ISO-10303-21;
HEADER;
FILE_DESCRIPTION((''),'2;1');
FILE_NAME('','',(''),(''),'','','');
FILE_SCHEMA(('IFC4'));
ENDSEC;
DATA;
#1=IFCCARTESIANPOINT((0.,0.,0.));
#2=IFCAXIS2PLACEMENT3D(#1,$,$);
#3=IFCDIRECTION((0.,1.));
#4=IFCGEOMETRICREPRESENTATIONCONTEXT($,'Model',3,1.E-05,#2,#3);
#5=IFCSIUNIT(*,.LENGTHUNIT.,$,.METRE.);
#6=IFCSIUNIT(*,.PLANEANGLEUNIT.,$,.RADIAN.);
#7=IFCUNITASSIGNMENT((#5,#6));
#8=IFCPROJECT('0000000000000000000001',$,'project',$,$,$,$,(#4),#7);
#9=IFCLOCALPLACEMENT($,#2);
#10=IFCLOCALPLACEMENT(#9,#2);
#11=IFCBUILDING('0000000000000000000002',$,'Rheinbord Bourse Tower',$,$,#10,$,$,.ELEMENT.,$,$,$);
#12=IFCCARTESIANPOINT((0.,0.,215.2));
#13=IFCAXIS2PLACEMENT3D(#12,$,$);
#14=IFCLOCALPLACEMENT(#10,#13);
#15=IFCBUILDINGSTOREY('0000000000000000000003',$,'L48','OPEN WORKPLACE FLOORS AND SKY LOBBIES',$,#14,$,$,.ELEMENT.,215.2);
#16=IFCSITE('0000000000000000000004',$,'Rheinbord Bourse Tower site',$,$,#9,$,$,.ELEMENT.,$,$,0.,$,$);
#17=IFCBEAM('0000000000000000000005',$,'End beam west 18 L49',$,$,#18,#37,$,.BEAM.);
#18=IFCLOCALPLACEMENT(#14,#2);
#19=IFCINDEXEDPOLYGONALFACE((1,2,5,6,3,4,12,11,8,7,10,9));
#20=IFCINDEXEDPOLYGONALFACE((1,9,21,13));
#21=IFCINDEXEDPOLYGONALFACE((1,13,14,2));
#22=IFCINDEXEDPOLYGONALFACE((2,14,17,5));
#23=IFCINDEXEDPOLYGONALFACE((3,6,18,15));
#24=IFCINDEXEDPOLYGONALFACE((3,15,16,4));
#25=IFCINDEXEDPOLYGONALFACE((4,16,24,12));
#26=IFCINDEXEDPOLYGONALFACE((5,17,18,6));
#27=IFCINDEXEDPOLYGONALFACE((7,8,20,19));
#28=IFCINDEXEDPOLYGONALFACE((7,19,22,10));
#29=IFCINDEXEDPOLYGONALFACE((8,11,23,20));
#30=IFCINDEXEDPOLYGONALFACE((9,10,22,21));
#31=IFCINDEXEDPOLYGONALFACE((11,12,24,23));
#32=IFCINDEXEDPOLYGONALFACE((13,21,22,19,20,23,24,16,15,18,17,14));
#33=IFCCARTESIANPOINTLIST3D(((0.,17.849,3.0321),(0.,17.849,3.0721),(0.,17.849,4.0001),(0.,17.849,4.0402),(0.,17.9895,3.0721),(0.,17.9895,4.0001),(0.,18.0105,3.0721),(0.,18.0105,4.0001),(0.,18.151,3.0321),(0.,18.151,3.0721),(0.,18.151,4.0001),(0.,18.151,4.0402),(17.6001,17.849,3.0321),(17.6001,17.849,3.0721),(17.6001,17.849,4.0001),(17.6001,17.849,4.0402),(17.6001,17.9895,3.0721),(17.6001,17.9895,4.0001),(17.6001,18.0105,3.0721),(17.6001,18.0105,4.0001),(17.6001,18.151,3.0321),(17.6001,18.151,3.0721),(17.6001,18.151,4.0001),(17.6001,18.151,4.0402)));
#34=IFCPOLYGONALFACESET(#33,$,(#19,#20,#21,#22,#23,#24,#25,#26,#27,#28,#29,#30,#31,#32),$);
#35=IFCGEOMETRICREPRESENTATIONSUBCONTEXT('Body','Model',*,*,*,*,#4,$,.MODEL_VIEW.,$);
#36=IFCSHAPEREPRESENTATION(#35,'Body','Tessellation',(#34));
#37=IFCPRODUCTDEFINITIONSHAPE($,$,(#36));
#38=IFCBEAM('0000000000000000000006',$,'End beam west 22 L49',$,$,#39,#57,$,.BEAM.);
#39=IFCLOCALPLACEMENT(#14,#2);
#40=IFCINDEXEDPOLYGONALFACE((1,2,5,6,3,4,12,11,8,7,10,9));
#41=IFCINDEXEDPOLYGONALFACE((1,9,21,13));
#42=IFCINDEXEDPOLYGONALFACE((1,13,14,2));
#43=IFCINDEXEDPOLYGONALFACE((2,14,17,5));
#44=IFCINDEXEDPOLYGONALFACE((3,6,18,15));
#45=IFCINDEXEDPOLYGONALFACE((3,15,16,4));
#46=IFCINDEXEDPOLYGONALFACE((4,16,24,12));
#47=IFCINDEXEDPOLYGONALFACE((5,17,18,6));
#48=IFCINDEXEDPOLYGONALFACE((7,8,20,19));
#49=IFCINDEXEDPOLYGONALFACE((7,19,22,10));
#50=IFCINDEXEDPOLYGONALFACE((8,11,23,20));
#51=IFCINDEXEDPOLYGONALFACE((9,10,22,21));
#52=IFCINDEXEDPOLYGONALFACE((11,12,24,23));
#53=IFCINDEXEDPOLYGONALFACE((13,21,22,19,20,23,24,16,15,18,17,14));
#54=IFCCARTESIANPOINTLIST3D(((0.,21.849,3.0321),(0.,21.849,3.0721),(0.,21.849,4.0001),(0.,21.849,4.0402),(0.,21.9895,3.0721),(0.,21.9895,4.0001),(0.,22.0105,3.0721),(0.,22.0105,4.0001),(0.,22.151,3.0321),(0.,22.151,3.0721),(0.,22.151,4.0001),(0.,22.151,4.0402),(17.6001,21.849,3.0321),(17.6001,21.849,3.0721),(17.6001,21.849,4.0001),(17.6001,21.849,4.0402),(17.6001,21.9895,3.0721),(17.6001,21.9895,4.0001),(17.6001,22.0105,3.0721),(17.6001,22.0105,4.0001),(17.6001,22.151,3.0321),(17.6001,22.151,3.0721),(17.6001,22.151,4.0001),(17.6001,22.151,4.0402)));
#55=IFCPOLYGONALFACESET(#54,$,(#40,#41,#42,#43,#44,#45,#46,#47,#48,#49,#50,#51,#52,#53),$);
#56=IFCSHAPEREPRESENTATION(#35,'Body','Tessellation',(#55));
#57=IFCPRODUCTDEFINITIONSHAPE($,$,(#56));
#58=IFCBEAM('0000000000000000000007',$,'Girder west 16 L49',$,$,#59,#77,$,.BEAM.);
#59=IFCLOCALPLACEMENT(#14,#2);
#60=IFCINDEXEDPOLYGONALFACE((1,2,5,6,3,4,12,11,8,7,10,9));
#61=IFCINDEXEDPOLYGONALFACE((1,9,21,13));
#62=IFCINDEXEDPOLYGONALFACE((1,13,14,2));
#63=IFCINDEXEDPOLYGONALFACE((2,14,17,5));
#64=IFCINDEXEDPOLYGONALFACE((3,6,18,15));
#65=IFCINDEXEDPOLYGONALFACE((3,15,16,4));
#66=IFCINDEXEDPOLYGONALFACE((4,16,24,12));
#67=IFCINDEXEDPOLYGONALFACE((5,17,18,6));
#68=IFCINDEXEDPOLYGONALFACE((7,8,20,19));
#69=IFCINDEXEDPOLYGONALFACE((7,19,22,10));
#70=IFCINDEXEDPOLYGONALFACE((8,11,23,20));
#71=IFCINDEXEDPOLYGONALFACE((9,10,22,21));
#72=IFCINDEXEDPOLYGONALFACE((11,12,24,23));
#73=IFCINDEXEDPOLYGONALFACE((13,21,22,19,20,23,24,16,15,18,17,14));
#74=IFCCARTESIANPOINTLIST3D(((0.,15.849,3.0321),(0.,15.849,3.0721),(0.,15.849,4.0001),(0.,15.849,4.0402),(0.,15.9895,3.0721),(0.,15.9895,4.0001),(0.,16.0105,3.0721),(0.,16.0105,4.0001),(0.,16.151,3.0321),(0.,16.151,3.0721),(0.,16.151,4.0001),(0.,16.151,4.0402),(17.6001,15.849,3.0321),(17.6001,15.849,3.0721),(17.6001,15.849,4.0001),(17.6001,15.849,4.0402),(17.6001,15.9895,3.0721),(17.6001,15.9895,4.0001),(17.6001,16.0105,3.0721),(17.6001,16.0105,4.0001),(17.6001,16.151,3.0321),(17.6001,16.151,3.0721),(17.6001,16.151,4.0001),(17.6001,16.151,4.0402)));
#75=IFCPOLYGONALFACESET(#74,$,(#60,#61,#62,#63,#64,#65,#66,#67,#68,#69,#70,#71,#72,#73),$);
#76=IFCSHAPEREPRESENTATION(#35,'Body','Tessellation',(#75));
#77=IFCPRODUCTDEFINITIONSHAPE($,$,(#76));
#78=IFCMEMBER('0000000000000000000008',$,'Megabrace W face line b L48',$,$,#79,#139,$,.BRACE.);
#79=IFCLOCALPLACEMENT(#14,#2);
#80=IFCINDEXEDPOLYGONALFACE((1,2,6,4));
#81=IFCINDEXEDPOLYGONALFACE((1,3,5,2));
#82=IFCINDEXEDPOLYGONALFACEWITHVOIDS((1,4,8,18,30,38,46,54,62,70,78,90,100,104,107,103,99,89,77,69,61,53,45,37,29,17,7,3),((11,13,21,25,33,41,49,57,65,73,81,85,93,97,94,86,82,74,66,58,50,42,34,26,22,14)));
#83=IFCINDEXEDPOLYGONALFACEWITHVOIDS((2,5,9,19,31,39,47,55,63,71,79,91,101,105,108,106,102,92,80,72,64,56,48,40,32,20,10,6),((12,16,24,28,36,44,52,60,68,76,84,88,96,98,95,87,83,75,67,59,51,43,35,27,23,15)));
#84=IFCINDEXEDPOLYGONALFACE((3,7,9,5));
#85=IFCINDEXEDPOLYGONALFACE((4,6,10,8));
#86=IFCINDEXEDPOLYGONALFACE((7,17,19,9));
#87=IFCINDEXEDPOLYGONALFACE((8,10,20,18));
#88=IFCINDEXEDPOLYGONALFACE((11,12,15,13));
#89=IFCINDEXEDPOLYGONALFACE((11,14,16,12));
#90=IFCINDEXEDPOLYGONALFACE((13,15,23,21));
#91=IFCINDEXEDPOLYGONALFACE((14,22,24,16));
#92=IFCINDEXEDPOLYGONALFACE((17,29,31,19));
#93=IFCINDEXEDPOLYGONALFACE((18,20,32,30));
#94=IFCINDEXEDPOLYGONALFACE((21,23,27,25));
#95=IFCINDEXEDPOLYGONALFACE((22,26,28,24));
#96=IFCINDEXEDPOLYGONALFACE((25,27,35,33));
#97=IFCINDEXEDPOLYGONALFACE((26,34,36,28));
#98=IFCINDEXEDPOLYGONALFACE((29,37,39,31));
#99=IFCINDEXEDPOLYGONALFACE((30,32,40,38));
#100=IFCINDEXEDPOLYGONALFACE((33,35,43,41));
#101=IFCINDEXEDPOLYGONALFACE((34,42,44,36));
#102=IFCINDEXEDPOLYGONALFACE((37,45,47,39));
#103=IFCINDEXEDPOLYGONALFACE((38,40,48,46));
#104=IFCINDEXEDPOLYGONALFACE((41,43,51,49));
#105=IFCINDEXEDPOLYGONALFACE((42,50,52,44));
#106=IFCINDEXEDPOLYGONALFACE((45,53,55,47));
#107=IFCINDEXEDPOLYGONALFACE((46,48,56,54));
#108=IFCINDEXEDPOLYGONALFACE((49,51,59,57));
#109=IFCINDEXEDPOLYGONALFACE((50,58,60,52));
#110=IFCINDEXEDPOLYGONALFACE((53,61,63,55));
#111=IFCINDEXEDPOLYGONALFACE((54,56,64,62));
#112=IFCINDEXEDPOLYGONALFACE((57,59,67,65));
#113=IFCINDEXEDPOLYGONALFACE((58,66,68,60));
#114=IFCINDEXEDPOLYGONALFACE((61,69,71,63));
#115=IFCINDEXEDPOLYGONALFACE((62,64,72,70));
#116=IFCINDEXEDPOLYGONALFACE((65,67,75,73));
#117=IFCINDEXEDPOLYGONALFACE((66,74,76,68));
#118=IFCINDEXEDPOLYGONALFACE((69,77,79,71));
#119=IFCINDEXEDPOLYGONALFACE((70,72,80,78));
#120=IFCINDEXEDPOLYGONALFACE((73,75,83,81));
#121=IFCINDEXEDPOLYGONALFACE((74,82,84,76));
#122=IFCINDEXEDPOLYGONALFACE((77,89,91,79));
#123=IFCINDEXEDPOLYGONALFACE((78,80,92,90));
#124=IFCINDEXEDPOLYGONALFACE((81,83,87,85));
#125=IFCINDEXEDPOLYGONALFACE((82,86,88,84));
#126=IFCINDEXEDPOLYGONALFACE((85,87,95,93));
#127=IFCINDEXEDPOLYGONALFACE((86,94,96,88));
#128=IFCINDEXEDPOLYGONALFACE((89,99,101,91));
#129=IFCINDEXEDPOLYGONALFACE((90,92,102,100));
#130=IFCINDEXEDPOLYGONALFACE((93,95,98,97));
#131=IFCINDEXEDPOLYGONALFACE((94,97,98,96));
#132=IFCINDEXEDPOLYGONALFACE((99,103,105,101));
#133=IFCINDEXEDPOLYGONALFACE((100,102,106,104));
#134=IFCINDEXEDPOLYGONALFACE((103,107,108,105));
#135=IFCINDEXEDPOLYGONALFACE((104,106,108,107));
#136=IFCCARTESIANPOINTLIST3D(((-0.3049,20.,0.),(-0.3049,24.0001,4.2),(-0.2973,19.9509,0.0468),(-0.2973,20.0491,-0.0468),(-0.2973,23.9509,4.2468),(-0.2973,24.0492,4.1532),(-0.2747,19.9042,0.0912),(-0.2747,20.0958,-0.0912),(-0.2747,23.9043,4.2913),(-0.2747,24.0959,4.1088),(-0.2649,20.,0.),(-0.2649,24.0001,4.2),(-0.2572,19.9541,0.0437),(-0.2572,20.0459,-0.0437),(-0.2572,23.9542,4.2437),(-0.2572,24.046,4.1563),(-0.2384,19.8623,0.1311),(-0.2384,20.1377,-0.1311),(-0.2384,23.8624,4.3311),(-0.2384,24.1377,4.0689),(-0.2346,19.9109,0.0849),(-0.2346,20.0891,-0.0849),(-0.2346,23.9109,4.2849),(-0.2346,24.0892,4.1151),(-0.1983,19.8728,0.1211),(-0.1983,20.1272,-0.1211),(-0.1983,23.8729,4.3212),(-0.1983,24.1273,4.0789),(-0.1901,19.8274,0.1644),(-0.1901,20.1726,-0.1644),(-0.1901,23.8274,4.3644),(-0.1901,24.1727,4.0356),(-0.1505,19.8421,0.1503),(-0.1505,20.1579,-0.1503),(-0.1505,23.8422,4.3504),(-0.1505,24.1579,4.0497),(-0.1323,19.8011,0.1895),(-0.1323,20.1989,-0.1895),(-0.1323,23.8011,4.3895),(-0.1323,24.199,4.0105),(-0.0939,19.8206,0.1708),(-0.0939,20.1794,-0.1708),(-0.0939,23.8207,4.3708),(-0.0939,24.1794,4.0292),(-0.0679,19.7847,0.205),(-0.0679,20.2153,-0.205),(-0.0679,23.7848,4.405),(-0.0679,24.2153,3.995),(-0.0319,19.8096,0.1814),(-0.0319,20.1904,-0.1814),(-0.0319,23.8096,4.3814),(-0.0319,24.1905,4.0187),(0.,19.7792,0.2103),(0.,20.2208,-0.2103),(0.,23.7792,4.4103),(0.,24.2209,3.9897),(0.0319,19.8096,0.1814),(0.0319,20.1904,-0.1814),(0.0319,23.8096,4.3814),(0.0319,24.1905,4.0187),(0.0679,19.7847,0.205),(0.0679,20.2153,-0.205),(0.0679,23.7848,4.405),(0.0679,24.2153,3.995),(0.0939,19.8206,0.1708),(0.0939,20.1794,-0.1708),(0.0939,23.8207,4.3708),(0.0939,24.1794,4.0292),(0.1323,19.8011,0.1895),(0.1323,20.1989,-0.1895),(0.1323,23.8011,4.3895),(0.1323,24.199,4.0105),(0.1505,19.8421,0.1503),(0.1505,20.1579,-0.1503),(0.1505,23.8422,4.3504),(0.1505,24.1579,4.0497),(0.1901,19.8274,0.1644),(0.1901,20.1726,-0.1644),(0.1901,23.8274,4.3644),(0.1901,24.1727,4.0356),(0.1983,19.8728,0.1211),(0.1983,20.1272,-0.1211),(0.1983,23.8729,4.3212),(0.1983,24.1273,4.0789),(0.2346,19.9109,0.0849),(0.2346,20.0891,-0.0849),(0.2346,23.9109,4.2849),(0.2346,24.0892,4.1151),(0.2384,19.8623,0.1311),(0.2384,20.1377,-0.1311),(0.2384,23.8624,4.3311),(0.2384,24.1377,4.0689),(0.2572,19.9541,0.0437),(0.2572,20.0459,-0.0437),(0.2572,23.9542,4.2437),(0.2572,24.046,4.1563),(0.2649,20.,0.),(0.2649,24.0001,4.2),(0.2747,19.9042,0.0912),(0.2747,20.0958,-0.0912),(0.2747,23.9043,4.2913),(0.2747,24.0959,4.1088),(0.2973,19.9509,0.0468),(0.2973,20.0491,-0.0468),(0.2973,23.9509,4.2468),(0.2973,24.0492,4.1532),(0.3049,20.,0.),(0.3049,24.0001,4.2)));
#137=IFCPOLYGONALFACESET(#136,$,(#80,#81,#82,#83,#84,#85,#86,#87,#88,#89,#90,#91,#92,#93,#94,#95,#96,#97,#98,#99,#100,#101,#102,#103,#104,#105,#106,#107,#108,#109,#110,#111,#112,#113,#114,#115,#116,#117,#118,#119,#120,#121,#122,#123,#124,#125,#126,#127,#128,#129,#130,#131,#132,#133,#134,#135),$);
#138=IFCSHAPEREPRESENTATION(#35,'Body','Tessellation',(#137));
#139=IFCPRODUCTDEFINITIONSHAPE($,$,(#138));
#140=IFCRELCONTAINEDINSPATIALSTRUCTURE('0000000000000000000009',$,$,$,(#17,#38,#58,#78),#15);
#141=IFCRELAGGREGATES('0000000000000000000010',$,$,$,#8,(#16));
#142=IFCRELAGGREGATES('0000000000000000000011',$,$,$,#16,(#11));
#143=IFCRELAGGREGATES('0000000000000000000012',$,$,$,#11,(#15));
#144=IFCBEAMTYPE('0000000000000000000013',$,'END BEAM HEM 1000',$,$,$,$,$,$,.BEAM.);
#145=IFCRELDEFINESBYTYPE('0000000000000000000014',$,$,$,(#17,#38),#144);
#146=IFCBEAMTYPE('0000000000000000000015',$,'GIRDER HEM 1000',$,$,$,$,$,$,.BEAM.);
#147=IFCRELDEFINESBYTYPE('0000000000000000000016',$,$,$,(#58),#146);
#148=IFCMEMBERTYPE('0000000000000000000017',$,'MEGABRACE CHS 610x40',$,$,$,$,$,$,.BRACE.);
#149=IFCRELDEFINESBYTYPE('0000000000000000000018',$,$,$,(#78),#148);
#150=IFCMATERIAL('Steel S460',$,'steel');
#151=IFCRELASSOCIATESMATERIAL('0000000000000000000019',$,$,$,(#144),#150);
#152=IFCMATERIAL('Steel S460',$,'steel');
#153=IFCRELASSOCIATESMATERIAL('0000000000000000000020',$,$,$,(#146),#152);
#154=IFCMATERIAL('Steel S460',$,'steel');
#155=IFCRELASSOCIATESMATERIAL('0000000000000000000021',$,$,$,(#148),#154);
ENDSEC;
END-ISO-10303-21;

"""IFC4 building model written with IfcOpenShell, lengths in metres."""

from ifc_helpers import new_model, si_unit, direction, frame, origin, origin_2d, place, context, subcontext, project, spatial, hollow_circle, i_section, extrude, material, material_profile, profile_set, type_object, element, save


model = new_model("IFC4")

# Units and contexts
model_context = context("Model", 3, precision=1e-05, world=origin(), true_north=direction((0.0, 1.0)))
body_context = subcontext(model_context, "Body", "Model", "MODEL_VIEW")
ifc_project = project(units=[si_unit("LENGTHUNIT", "METRE"), si_unit("PLANEANGLEUNIT", "RADIAN")], contexts=[model_context])

# Site, building, storey
site_placement = place(None, origin())
site = spatial("IfcSite", under=ifc_project, at=site_placement, Name="Rheinbord Bourse Tower site", CompositionType="ELEMENT", RefElevation=0.0)
building_placement = place(site_placement, origin())
building = spatial("IfcBuilding", under=site, at=building_placement, Name="Rheinbord Bourse Tower", CompositionType="ELEMENT")
storey_placement = place(building_placement, frame((0.0, 0.0, 215.2)))
storey = spatial("IfcBuildingStorey", under=building, at=storey_placement, Name="L48", Description="OPEN WORKPLACE FLOORS AND SKY LOBBIES", CompositionType="ELEMENT", Elevation=215.2)

# Beams
ifc_material_1 = material(Name="Steel S460", Category="steel")
ifc_material_profile_1 = material_profile(ifc_material_1, i_section(OverallWidth=0.302, OverallDepth=1.0081, WebThickness=0.021, FlangeThickness=0.04, at=origin_2d()), Name="HEM 1000")
ifc_profile_set_1 = profile_set([ifc_material_profile_1], Name="Steel S460")
beam_type_1 = type_object("IfcBeamType", Name="END BEAM HEM 1000", PredefinedType="BEAM", material=ifc_profile_set_1)
for number, where, z_axis, x_axis, name in (
    (1, (0.0, 18.0, 3.5361), (1.0, 0.0, 0.0), (0.0, 1.0, 0.0), "End beam west 18 L49"),
    (2, (0.0, 22.0, 3.5361), (1.0, 0.0, 0.0), (0.0, 1.0, 0.0), "End beam west 22 L49"),
):
    element("IfcBeam", number, at=place(storey_placement, frame(where, z_axis=z_axis, x_axis=x_axis)), inside=storey, type_object=beam_type_1, Name=name, PredefinedType="BEAM", context=body_context, shape_type="SweptSolid", body=[
        extrude(i_section(OverallWidth=0.302, OverallDepth=1.0081, WebThickness=0.021, FlangeThickness=0.04, at=origin_2d()), origin(), (0.0, 0.0, 1.0), 17.6001),
    ])
ifc_material_2 = material(Name="Steel S460", Category="steel")
ifc_material_profile_2 = material_profile(ifc_material_2, i_section(OverallWidth=0.302, OverallDepth=1.0081, WebThickness=0.021, FlangeThickness=0.04, at=origin_2d()), Name="HEM 1000")
ifc_profile_set_2 = profile_set([ifc_material_profile_2], Name="Steel S460")
beam_type_2 = type_object("IfcBeamType", Name="GIRDER HEM 1000", PredefinedType="BEAM", material=ifc_profile_set_2)
beam_1_placement = place(storey_placement, frame((0.0, 16.0, 3.5361), z_axis=(1.0, 0.0, 0.0), x_axis=(0.0, 1.0, 0.0)))
element("IfcBeam", 3, at=beam_1_placement, inside=storey, type_object=beam_type_2, Name="Girder west 16 L49", PredefinedType="BEAM", context=body_context, shape_type="SweptSolid", body=[
    extrude(i_section(OverallWidth=0.302, OverallDepth=1.0081, WebThickness=0.021, FlangeThickness=0.04, at=origin_2d()), origin(), (0.0, 0.0, 1.0), 17.6001),
])

# Member
ifc_material_3 = material(Name="Steel S460", Category="steel")
ifc_material_profile_3 = material_profile(ifc_material_3, hollow_circle(Radius=0.3049, WallThickness=0.04, at=origin_2d()), Name="CHS 610x40")
ifc_profile_set_3 = profile_set([ifc_material_profile_3], Name="Steel S460")
member_type_1 = type_object("IfcMemberType", Name="MEGABRACE CHS 610x40", PredefinedType="BRACE", material=ifc_profile_set_3)
member_1_placement = place(storey_placement, frame((0.0, 20.0, 0.0), z_axis=(0.0, 0.689659, 0.724134), x_axis=(-1.0, 0.0, 0.0)))
element("IfcMember", 4, at=member_1_placement, inside=storey, type_object=member_type_1, Name="Megabrace W face line b L48", PredefinedType="BRACE", context=body_context, shape_type="SweptSolid", body=[
    extrude(hollow_circle(Radius=0.3049, WallThickness=0.04, at=origin_2d()), origin(), (0.0, 0.0, 1.0), 5.8),
])

save(model, "model.ifc")
